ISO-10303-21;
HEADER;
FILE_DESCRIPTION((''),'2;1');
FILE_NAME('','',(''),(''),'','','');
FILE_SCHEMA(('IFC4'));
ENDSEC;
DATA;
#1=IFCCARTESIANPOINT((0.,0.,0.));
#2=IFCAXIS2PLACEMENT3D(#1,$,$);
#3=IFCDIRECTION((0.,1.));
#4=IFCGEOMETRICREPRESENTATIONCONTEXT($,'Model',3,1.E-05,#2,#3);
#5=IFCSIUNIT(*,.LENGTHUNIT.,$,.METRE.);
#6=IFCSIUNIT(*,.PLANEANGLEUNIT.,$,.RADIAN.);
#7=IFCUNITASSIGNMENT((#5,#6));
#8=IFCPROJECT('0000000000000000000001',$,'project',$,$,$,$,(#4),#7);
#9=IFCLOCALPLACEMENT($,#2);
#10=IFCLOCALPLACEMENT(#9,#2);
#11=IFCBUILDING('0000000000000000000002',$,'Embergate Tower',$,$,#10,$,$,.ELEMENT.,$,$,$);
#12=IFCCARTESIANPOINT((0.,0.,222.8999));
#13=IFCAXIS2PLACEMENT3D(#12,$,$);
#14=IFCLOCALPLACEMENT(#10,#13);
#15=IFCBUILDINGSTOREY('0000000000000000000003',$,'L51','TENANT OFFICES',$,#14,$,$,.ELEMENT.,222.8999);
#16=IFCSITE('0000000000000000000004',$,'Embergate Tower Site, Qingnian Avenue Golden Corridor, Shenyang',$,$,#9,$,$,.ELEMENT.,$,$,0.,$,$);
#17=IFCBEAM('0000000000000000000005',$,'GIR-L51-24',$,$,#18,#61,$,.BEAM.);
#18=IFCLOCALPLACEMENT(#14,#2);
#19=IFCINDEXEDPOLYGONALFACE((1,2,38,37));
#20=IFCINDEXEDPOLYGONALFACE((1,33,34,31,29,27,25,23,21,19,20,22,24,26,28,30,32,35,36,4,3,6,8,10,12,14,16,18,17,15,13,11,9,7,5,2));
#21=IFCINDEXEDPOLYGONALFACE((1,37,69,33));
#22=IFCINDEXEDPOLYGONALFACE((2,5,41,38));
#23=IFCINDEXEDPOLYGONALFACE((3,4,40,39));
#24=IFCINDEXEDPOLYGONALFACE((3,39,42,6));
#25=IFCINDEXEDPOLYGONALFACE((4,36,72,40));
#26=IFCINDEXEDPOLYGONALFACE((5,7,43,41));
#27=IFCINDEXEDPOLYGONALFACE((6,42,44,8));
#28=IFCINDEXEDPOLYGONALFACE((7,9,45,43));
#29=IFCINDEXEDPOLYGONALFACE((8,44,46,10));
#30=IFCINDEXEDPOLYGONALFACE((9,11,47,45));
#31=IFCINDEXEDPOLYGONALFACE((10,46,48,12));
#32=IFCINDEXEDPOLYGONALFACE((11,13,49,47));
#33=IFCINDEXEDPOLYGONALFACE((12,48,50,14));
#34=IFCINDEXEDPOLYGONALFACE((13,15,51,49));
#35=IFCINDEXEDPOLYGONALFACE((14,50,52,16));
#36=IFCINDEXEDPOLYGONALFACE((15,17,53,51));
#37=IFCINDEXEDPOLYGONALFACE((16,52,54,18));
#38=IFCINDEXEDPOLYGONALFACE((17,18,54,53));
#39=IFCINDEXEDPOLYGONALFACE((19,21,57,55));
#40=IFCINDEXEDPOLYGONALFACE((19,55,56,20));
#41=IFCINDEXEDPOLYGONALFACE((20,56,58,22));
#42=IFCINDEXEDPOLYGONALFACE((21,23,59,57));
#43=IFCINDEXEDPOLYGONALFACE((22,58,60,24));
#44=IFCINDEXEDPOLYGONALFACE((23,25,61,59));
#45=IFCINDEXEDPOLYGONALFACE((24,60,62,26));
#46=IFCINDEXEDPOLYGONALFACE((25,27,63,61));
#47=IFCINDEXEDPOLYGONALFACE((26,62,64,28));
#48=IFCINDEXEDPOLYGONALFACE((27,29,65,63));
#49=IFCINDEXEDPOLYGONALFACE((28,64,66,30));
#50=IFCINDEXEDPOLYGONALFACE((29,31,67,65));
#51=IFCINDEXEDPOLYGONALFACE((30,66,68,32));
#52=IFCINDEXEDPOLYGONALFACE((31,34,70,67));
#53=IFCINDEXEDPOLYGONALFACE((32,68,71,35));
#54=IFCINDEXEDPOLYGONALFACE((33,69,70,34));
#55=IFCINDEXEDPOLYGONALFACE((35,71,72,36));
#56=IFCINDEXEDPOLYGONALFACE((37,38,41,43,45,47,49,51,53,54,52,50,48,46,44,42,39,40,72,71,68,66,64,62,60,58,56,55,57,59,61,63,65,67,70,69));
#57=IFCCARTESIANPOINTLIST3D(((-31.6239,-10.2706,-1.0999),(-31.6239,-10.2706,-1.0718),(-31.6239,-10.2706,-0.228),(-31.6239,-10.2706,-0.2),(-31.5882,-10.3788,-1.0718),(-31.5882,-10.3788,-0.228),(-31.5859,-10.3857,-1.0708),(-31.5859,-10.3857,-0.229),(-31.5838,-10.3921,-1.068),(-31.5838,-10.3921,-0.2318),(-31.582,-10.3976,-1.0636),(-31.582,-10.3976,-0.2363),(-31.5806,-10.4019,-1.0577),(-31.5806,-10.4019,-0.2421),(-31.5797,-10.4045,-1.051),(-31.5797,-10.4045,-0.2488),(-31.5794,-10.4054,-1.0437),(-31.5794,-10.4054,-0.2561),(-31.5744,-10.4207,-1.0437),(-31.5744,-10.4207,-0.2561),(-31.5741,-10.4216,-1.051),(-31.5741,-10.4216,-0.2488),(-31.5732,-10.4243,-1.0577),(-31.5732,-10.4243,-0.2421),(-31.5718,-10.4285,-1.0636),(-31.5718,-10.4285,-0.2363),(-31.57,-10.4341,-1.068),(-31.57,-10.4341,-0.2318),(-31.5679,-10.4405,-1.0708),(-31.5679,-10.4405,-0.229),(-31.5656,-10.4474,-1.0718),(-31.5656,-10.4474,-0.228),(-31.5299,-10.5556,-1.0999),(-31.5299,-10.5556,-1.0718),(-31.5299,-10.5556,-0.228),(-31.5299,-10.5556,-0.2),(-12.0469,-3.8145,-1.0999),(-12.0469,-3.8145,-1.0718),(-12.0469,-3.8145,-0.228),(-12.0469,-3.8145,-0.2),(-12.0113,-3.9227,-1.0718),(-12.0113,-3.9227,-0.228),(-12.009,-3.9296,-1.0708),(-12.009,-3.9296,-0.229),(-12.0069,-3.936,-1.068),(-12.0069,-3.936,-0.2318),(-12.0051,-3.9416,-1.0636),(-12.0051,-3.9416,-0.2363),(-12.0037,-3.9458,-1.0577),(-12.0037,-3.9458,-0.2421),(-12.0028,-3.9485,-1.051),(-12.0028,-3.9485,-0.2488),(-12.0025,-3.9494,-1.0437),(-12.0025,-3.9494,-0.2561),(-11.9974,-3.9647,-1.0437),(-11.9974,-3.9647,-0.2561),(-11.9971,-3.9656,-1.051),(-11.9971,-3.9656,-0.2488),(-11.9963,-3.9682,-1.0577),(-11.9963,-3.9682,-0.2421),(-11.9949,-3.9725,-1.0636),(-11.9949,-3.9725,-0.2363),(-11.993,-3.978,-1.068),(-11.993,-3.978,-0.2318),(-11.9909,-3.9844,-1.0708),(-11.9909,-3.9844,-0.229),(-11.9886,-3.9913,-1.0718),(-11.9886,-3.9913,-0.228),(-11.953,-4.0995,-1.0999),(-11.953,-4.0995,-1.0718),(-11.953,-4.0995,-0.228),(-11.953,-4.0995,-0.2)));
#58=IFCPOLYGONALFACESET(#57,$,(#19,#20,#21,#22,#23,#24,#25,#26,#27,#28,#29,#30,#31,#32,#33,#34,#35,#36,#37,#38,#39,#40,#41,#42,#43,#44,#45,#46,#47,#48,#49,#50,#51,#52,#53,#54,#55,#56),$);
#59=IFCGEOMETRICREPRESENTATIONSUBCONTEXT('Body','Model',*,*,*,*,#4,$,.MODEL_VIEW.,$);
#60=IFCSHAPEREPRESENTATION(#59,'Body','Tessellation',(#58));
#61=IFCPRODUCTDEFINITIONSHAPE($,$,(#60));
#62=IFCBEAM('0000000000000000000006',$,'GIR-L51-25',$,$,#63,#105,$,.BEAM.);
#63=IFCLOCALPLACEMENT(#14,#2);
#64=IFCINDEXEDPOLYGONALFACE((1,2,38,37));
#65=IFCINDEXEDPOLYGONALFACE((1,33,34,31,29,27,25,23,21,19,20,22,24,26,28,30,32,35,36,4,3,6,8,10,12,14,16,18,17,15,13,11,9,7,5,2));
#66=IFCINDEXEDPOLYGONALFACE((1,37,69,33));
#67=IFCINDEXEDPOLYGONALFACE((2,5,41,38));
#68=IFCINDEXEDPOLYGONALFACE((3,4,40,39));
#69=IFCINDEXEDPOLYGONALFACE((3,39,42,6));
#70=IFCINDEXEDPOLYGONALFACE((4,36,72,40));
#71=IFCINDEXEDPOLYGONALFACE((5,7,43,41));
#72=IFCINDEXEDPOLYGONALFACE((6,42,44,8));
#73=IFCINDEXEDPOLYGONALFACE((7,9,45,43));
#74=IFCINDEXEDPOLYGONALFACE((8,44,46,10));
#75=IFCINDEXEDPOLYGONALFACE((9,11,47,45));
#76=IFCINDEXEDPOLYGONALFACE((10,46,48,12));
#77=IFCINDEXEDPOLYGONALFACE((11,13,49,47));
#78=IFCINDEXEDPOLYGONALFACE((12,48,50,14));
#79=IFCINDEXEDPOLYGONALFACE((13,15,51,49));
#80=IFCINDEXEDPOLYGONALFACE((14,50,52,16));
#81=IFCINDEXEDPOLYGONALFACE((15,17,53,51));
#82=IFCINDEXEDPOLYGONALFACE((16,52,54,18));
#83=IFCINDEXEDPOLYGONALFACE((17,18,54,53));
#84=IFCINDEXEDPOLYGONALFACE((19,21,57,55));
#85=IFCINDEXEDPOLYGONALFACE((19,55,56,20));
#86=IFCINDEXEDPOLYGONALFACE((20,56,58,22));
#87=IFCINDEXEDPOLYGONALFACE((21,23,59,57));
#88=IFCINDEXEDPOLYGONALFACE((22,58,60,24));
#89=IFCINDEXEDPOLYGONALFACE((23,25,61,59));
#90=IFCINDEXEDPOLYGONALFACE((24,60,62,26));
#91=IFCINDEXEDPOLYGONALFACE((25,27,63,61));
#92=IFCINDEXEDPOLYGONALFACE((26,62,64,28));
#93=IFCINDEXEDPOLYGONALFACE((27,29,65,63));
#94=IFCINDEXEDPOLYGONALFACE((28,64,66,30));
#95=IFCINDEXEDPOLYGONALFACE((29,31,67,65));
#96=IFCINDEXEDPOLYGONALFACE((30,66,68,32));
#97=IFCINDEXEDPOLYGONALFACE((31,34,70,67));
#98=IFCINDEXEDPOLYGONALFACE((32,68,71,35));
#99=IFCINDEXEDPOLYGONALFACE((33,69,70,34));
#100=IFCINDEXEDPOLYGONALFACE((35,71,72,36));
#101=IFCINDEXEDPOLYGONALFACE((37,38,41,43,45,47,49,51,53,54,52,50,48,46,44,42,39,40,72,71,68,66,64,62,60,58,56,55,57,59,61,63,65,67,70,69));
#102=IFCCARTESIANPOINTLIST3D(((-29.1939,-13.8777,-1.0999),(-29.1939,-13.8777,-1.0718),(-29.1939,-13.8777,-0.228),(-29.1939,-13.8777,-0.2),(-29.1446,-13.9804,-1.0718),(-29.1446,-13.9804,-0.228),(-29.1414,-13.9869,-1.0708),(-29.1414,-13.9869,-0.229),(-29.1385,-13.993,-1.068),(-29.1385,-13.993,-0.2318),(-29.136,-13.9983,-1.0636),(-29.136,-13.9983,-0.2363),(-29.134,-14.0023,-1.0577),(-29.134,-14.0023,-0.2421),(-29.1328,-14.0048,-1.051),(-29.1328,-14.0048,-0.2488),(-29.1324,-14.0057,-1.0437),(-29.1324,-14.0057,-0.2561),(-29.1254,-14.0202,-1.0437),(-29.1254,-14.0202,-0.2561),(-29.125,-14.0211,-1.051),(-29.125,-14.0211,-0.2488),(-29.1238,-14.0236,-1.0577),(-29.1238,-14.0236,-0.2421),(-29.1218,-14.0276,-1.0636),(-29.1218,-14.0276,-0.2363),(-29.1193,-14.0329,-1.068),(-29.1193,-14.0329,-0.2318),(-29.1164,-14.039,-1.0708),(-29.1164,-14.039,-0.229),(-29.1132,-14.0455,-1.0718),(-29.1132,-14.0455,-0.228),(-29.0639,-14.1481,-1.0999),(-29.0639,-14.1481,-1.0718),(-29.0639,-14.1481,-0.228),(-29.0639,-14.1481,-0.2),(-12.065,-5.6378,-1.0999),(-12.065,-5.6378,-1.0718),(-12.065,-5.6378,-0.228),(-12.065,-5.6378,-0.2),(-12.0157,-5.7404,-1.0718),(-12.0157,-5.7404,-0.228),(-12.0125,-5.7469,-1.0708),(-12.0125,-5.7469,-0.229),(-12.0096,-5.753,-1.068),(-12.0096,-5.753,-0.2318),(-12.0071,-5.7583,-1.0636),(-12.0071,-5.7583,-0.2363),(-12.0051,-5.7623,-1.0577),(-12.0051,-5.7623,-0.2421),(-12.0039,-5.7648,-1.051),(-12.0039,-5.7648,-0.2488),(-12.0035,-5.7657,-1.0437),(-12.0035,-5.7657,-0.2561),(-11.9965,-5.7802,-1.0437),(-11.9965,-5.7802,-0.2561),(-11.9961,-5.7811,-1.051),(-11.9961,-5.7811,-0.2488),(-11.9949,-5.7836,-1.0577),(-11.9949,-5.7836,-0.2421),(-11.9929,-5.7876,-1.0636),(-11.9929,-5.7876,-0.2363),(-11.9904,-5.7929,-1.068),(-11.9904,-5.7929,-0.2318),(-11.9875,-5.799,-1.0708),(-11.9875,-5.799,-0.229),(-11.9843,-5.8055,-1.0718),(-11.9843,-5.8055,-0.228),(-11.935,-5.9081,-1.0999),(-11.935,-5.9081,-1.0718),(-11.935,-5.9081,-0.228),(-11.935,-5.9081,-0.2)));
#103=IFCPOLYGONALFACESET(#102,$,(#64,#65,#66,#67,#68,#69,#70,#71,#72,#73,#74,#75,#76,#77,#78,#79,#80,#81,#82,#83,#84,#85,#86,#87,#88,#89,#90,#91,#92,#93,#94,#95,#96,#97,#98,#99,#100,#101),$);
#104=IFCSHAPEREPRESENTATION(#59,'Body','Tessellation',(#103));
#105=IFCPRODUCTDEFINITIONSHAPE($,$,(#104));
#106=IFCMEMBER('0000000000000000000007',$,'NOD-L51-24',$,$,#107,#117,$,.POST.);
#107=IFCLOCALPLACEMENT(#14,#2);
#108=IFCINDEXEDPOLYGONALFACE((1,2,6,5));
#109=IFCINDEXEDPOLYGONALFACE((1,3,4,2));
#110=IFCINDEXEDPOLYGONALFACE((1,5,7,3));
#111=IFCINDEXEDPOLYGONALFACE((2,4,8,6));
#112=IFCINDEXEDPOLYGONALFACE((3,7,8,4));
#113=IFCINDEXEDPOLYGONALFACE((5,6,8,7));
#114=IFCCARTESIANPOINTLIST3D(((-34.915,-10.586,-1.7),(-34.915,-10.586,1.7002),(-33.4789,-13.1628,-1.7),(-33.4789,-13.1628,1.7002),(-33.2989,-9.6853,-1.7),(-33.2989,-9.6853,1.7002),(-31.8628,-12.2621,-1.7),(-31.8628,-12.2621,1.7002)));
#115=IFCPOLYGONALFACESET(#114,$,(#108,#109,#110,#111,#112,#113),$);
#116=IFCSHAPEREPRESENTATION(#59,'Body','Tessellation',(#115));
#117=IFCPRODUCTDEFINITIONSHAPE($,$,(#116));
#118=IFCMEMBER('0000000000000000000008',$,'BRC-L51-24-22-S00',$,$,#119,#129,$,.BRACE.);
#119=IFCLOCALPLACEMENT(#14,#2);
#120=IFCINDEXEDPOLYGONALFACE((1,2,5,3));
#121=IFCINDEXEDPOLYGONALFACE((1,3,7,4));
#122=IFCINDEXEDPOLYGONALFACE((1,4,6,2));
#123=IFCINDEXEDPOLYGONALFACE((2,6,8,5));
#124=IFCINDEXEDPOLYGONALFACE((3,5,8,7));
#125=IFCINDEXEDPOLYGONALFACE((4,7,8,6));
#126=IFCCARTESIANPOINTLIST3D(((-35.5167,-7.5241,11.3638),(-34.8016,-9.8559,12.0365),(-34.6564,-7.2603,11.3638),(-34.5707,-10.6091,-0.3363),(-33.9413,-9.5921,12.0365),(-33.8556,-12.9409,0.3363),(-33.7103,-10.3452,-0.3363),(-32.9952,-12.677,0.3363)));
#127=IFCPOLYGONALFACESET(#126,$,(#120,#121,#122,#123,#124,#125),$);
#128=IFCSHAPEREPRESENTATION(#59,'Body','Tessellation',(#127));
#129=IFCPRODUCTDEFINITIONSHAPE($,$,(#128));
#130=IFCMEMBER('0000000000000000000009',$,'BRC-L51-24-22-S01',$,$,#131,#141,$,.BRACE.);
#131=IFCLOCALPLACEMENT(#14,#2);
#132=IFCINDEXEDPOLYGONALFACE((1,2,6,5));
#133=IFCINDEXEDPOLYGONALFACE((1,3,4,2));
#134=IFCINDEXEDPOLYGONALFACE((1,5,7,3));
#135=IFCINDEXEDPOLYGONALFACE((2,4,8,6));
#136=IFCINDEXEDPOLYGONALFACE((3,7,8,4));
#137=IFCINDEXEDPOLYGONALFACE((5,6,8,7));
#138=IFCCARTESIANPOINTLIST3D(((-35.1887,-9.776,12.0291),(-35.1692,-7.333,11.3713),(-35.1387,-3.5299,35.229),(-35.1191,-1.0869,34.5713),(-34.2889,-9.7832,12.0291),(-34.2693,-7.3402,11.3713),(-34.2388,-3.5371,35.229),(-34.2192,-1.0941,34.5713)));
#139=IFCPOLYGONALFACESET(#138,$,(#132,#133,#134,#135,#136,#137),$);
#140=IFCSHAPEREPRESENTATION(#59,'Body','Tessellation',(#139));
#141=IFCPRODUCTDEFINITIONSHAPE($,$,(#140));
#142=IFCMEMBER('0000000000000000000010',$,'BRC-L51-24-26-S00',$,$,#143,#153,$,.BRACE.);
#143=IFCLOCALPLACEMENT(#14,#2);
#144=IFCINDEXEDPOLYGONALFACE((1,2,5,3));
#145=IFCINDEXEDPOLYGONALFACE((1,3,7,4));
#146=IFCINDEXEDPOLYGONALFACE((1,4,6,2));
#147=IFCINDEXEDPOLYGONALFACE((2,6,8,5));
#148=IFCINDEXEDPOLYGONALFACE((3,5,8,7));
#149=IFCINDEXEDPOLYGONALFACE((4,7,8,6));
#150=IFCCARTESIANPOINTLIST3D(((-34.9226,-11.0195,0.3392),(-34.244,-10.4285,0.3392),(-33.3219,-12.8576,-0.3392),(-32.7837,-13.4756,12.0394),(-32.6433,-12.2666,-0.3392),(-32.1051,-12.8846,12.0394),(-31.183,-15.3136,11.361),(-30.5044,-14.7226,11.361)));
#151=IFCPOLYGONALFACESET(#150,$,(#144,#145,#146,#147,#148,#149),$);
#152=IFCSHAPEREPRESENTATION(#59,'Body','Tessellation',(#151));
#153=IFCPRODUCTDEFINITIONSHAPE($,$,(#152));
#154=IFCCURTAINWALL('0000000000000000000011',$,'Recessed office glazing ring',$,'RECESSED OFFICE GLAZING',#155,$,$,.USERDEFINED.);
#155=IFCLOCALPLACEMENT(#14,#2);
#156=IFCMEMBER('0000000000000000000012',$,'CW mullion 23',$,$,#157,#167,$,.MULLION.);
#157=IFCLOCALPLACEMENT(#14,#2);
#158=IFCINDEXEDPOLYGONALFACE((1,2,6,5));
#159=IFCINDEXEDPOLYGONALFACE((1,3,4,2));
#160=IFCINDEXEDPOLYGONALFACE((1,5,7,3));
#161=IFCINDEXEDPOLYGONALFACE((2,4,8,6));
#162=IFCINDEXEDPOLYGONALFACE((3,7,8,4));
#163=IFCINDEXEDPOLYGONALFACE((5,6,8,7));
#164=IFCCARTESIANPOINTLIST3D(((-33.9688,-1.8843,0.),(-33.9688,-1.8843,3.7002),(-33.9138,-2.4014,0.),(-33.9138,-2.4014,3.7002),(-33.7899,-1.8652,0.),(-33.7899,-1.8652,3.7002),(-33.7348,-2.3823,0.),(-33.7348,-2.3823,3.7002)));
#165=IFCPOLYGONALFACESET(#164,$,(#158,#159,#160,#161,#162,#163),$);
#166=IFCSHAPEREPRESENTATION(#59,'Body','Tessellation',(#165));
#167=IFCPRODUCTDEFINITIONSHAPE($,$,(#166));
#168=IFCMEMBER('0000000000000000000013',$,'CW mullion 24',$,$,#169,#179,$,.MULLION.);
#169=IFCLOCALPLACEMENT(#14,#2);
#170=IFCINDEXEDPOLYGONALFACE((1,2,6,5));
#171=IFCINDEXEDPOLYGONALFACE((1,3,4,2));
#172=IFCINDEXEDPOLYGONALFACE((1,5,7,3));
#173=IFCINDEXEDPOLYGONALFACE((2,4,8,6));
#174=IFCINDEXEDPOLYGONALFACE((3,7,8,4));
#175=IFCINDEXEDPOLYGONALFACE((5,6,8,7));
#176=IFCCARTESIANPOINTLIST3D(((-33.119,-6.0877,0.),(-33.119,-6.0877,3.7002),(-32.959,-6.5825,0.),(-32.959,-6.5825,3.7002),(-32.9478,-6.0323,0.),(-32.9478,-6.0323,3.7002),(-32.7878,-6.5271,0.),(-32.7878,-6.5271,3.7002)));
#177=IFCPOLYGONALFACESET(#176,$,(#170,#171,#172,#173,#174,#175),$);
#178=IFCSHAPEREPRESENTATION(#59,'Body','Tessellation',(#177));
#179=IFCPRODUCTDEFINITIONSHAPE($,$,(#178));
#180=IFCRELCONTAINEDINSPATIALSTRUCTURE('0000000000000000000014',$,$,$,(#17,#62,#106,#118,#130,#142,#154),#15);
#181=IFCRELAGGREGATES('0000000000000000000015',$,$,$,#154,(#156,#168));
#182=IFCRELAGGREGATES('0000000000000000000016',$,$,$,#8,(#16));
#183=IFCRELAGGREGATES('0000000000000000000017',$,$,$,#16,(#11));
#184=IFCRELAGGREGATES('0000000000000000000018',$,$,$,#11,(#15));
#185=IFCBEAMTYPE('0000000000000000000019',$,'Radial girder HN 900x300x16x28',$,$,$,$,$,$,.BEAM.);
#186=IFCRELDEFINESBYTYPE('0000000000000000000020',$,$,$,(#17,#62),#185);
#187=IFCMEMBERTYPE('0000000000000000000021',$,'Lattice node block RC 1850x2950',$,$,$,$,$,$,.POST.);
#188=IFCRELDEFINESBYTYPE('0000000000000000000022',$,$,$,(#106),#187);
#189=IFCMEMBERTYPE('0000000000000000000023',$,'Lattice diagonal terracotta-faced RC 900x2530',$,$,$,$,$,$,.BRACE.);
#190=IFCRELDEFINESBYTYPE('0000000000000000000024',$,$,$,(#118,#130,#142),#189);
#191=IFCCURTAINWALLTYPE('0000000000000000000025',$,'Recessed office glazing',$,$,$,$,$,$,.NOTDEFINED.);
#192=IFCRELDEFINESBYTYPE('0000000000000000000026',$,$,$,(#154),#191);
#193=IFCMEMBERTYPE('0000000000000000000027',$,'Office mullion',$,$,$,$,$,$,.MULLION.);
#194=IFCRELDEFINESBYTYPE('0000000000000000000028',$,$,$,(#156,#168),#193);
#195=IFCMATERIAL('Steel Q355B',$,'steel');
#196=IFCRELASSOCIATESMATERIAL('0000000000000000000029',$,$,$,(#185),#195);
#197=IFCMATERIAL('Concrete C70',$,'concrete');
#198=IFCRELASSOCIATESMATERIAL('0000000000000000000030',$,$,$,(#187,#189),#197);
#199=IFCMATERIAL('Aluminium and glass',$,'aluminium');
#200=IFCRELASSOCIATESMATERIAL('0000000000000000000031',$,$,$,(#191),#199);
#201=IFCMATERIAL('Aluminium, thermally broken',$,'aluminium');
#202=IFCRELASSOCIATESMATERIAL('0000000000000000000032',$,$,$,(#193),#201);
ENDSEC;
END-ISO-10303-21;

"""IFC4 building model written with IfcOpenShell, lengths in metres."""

from ifc_helpers import new_model, si_unit, direction, frame, origin, origin_2d, place, context, subcontext, project, spatial, rectangle, i_section, extrude, source, transform, mapped, material, material_profile, profile_set, type_object, element, aggregate, save


model = new_model("IFC4")

# Units and contexts
model_context = context("Model", 3, precision=1e-05, world=origin(), true_north=direction((0.0, 1.0)))
body_context = subcontext(model_context, "Body", "Model", "MODEL_VIEW")
ifc_project = project(units=[si_unit("LENGTHUNIT", "METRE"), si_unit("PLANEANGLEUNIT", "RADIAN")], contexts=[model_context])

# Site, building, storey
site_placement = place(None, origin())
site = spatial("IfcSite", under=ifc_project, at=site_placement, Name="Embergate Tower Site, Qingnian Avenue Golden Corridor, Shenyang", CompositionType="ELEMENT", RefElevation=0.0)
building_placement = place(site_placement, origin())
building = spatial("IfcBuilding", under=site, at=building_placement, Name="Embergate Tower", CompositionType="ELEMENT")
storey_placement = place(building_placement, frame((0.0, 0.0, 222.8999)))
storey = spatial("IfcBuildingStorey", under=building, at=storey_placement, Name="L51", Description="TENANT OFFICES", CompositionType="ELEMENT", Elevation=222.8999)

# Beams
ifc_material_1 = material(Name="Steel Q355B", Category="steel")
ifc_material_profile_1 = material_profile(ifc_material_1, i_section(OverallWidth=0.3, OverallDepth=0.8999, WebThickness=0.0161, FlangeThickness=0.0281, FilletRadius=0.0281, at=origin_2d()), Name="HN 900x300x16x28")
ifc_profile_set_1 = profile_set([ifc_material_profile_1], Name="Steel Q355 grade B")
beam_type_1 = type_object("IfcBeamType", Name="Radial girder HN 900x300x16x28", PredefinedType="BEAM", material=ifc_profile_set_1)
shared_shape_1 = source(origin(), body_context, "Body", "SweptSolid", [
    extrude(i_section(OverallWidth=0.3, OverallDepth=0.8999, WebThickness=0.0161, FlangeThickness=0.0281, FilletRadius=0.0281, at=origin_2d()), origin(), (0.0, 0.0, 1.0), 20.614),
])
beam_1_placement = place(storey_placement, frame((-31.5769, -10.4131, -0.6499), z_axis=(0.949691, 0.313188, 0.0), x_axis=(-0.313188, 0.949691, 0.0)))
element("IfcBeam", 1, at=beam_1_placement, inside=storey, type_object=beam_type_1, Name="GIR-L51-24", PredefinedType="BEAM", context=body_context, shape_type="MappedRepresentation", body=[
    mapped(shared_shape_1, transform((0.0, 0.0, 0.0))),
])
shared_shape_2 = source(origin(), body_context, "Body", "SweptSolid", [
    extrude(i_section(OverallWidth=0.3, OverallDepth=0.8999, WebThickness=0.0161, FlangeThickness=0.0281, FilletRadius=0.0281, at=origin_2d()), origin(), (0.0, 0.0, 1.0), 19.0078),
])
beam_2_placement = place(storey_placement, frame((-29.1289, -14.0129, -0.6499), z_axis=(0.901151, 0.433505, 0.0), x_axis=(-0.433505, 0.901151, 0.0)))
element("IfcBeam", 2, at=beam_2_placement, inside=storey, type_object=beam_type_1, Name="GIR-L51-25", PredefinedType="BEAM", context=body_context, shape_type="MappedRepresentation", body=[
    mapped(shared_shape_2, transform((0.0, 0.0, 0.0))),
])

# Members
ifc_material_2 = material(Name="Concrete C70", Category="concrete")
ifc_material_profile_2 = material_profile(ifc_material_2, rectangle(XDim=1.8501, YDim=2.95, at=origin_2d()), Name="RC 1850x2950")
ifc_profile_set_2 = profile_set([ifc_material_profile_2], Name="Concrete C70")
member_type_1 = type_object("IfcMemberType", Name="Lattice node block RC 1850x2950", PredefinedType="POST", material=ifc_profile_set_2)
shared_shape_3 = source(origin(), body_context, "Body", "SweptSolid", [
    extrude(rectangle(XDim=1.8501, YDim=2.95, at=origin_2d()), origin(), (0.0, 0.0, 1.0), 3.4001),
])
member_1_placement = place(storey_placement, frame((-33.3889, -11.4241, -1.7), z_axis=(0.0, 0.0, 1.0), x_axis=(-0.8735, -0.486823, 0.0)))
element("IfcMember", 3, at=member_1_placement, inside=storey, type_object=member_type_1, Name="NOD-L51-24", PredefinedType="POST", context=body_context, shape_type="MappedRepresentation", body=[
    mapped(shared_shape_3, transform((0.0, 0.0, 0.0))),
])
ifc_material_profile_3 = material_profile(ifc_material_2, rectangle(XDim=0.8999, YDim=2.53, at=origin_2d()), Name="RC 900x2530")
ifc_profile_set_3 = profile_set([ifc_material_profile_3], Name="Concrete C70")
member_type_2 = type_object("IfcMemberType", Name="Lattice diagonal terracotta-faced RC 900x2530", PredefinedType="BRACE", material=ifc_profile_set_3)
shared_shape_4 = source(origin(), body_context, "Body", "SweptSolid", [
    extrude(rectangle(XDim=0.8999, YDim=2.53, at=origin_2d()), origin(), (0.0, 0.0, 1.0), 12.137),
])
member_2_placement = place(storey_placement, frame((-33.783, -11.6431, 0.0), z_axis=(-0.077947, 0.254178, 0.964011), x_axis=(-0.956055, -0.293187, 0.0)))
element("IfcMember", 4, at=member_2_placement, inside=storey, type_object=member_type_2, Name="BRC-L51-24-22-S00", PredefinedType="BRACE", context=body_context, shape_type="MappedRepresentation", body=[
    mapped(shared_shape_4, transform((0.0, 0.0, 0.0))),
])
shared_shape_5 = source(origin(), body_context, "Body", "SweptSolid", [
    extrude(rectangle(XDim=0.8999, YDim=2.53, at=origin_2d()), origin(), (0.0, 0.0, 1.0), 24.0261),
])
member_3_placement = place(storey_placement, frame((-34.729, -8.5581, 11.7002), z_axis=(0.002083, 0.259971, 0.965614), x_axis=(-0.999968, 0.008013, 0.0)))
element("IfcMember", 5, at=member_3_placement, inside=storey, type_object=member_type_2, Name="BRC-L51-24-22-S01", PredefinedType="BRACE", context=body_context, shape_type="MappedRepresentation", body=[
    mapped(shared_shape_5, transform((0.0, 0.0, 0.0))),
])
shared_shape_6 = source(origin(), body_context, "Body", "SweptSolid", [
    extrude(rectangle(XDim=0.8999, YDim=2.53, at=origin_2d()), origin(), (0.0, 0.0, 1.0), 12.145),
])
member_4_placement = place(storey_placement, frame((-33.783, -11.6431, 0.0), z_axis=(0.176115, -0.202227, 0.963373), x_axis=(0.754116, 0.656741, 0.0)))
element("IfcMember", 6, at=member_4_placement, inside=storey, type_object=member_type_2, Name="BRC-L51-24-26-S00", PredefinedType="BRACE", context=body_context, shape_type="MappedRepresentation", body=[
    mapped(shared_shape_6, transform((0.0, 0.0, 0.0))),
])

# Curtain wall, members
ifc_material_3 = material(Name="Aluminium and glass", Category="aluminium")
curtain_wall_type = type_object("IfcCurtainWallType", Name="Recessed office glazing", PredefinedType="NOTDEFINED", material=ifc_material_3)
curtain_wall_placement = place(storey_placement, origin())
curtain_wall = element("IfcCurtainWall", 7, at=curtain_wall_placement, inside=storey, type_object=curtain_wall_type, Name="Recessed office glazing ring", ObjectType="RECESSED OFFICE GLAZING", PredefinedType="USERDEFINED")
ifc_material_4 = material(Name="Aluminium, thermally broken", Category="aluminium")
ifc_material_profile_4 = material_profile(ifc_material_4, rectangle(XDim=0.1799, YDim=0.52, at=origin_2d()), Name="AL 520x180")
ifc_profile_set_4 = profile_set([ifc_material_profile_4], Name="Aluminium, thermally broken")
member_type_3 = type_object("IfcMemberType", Name="Office mullion", PredefinedType="MULLION", material=ifc_profile_set_4)
shared_shape_7 = source(origin(), body_context, "Body", "SweptSolid", [
    extrude(rectangle(XDim=0.1799, YDim=0.52, at=origin_2d()), origin(), (0.0, 0.0, 1.0), 3.7002),
])
member_5_placement = place(storey_placement, frame((-33.8518, -2.1333, 0.0), z_axis=(0.0, 0.0, 1.0), x_axis=(0.994385, 0.105825, 0.0)))
member_5 = element("IfcMember", 8, at=member_5_placement, type_object=member_type_3, Name="CW mullion 23", PredefinedType="MULLION", context=body_context, shape_type="MappedRepresentation", body=[
    mapped(shared_shape_7, transform((0.0, 0.0, 0.0))),
])
member_6_placement = place(storey_placement, frame((-32.9534, -6.3074, 0.0), z_axis=(0.0, 0.0, 1.0), x_axis=(0.951497, 0.307657, 0.0)))
member_6 = element("IfcMember", 9, at=member_6_placement, type_object=member_type_3, Name="CW mullion 24", PredefinedType="MULLION", context=body_context, shape_type="MappedRepresentation", body=[
    mapped(shared_shape_7, transform((0.0, 0.0, 0.0))),
])
aggregate(curtain_wall, [member_5, member_6])

save(model, "model.ifc")
